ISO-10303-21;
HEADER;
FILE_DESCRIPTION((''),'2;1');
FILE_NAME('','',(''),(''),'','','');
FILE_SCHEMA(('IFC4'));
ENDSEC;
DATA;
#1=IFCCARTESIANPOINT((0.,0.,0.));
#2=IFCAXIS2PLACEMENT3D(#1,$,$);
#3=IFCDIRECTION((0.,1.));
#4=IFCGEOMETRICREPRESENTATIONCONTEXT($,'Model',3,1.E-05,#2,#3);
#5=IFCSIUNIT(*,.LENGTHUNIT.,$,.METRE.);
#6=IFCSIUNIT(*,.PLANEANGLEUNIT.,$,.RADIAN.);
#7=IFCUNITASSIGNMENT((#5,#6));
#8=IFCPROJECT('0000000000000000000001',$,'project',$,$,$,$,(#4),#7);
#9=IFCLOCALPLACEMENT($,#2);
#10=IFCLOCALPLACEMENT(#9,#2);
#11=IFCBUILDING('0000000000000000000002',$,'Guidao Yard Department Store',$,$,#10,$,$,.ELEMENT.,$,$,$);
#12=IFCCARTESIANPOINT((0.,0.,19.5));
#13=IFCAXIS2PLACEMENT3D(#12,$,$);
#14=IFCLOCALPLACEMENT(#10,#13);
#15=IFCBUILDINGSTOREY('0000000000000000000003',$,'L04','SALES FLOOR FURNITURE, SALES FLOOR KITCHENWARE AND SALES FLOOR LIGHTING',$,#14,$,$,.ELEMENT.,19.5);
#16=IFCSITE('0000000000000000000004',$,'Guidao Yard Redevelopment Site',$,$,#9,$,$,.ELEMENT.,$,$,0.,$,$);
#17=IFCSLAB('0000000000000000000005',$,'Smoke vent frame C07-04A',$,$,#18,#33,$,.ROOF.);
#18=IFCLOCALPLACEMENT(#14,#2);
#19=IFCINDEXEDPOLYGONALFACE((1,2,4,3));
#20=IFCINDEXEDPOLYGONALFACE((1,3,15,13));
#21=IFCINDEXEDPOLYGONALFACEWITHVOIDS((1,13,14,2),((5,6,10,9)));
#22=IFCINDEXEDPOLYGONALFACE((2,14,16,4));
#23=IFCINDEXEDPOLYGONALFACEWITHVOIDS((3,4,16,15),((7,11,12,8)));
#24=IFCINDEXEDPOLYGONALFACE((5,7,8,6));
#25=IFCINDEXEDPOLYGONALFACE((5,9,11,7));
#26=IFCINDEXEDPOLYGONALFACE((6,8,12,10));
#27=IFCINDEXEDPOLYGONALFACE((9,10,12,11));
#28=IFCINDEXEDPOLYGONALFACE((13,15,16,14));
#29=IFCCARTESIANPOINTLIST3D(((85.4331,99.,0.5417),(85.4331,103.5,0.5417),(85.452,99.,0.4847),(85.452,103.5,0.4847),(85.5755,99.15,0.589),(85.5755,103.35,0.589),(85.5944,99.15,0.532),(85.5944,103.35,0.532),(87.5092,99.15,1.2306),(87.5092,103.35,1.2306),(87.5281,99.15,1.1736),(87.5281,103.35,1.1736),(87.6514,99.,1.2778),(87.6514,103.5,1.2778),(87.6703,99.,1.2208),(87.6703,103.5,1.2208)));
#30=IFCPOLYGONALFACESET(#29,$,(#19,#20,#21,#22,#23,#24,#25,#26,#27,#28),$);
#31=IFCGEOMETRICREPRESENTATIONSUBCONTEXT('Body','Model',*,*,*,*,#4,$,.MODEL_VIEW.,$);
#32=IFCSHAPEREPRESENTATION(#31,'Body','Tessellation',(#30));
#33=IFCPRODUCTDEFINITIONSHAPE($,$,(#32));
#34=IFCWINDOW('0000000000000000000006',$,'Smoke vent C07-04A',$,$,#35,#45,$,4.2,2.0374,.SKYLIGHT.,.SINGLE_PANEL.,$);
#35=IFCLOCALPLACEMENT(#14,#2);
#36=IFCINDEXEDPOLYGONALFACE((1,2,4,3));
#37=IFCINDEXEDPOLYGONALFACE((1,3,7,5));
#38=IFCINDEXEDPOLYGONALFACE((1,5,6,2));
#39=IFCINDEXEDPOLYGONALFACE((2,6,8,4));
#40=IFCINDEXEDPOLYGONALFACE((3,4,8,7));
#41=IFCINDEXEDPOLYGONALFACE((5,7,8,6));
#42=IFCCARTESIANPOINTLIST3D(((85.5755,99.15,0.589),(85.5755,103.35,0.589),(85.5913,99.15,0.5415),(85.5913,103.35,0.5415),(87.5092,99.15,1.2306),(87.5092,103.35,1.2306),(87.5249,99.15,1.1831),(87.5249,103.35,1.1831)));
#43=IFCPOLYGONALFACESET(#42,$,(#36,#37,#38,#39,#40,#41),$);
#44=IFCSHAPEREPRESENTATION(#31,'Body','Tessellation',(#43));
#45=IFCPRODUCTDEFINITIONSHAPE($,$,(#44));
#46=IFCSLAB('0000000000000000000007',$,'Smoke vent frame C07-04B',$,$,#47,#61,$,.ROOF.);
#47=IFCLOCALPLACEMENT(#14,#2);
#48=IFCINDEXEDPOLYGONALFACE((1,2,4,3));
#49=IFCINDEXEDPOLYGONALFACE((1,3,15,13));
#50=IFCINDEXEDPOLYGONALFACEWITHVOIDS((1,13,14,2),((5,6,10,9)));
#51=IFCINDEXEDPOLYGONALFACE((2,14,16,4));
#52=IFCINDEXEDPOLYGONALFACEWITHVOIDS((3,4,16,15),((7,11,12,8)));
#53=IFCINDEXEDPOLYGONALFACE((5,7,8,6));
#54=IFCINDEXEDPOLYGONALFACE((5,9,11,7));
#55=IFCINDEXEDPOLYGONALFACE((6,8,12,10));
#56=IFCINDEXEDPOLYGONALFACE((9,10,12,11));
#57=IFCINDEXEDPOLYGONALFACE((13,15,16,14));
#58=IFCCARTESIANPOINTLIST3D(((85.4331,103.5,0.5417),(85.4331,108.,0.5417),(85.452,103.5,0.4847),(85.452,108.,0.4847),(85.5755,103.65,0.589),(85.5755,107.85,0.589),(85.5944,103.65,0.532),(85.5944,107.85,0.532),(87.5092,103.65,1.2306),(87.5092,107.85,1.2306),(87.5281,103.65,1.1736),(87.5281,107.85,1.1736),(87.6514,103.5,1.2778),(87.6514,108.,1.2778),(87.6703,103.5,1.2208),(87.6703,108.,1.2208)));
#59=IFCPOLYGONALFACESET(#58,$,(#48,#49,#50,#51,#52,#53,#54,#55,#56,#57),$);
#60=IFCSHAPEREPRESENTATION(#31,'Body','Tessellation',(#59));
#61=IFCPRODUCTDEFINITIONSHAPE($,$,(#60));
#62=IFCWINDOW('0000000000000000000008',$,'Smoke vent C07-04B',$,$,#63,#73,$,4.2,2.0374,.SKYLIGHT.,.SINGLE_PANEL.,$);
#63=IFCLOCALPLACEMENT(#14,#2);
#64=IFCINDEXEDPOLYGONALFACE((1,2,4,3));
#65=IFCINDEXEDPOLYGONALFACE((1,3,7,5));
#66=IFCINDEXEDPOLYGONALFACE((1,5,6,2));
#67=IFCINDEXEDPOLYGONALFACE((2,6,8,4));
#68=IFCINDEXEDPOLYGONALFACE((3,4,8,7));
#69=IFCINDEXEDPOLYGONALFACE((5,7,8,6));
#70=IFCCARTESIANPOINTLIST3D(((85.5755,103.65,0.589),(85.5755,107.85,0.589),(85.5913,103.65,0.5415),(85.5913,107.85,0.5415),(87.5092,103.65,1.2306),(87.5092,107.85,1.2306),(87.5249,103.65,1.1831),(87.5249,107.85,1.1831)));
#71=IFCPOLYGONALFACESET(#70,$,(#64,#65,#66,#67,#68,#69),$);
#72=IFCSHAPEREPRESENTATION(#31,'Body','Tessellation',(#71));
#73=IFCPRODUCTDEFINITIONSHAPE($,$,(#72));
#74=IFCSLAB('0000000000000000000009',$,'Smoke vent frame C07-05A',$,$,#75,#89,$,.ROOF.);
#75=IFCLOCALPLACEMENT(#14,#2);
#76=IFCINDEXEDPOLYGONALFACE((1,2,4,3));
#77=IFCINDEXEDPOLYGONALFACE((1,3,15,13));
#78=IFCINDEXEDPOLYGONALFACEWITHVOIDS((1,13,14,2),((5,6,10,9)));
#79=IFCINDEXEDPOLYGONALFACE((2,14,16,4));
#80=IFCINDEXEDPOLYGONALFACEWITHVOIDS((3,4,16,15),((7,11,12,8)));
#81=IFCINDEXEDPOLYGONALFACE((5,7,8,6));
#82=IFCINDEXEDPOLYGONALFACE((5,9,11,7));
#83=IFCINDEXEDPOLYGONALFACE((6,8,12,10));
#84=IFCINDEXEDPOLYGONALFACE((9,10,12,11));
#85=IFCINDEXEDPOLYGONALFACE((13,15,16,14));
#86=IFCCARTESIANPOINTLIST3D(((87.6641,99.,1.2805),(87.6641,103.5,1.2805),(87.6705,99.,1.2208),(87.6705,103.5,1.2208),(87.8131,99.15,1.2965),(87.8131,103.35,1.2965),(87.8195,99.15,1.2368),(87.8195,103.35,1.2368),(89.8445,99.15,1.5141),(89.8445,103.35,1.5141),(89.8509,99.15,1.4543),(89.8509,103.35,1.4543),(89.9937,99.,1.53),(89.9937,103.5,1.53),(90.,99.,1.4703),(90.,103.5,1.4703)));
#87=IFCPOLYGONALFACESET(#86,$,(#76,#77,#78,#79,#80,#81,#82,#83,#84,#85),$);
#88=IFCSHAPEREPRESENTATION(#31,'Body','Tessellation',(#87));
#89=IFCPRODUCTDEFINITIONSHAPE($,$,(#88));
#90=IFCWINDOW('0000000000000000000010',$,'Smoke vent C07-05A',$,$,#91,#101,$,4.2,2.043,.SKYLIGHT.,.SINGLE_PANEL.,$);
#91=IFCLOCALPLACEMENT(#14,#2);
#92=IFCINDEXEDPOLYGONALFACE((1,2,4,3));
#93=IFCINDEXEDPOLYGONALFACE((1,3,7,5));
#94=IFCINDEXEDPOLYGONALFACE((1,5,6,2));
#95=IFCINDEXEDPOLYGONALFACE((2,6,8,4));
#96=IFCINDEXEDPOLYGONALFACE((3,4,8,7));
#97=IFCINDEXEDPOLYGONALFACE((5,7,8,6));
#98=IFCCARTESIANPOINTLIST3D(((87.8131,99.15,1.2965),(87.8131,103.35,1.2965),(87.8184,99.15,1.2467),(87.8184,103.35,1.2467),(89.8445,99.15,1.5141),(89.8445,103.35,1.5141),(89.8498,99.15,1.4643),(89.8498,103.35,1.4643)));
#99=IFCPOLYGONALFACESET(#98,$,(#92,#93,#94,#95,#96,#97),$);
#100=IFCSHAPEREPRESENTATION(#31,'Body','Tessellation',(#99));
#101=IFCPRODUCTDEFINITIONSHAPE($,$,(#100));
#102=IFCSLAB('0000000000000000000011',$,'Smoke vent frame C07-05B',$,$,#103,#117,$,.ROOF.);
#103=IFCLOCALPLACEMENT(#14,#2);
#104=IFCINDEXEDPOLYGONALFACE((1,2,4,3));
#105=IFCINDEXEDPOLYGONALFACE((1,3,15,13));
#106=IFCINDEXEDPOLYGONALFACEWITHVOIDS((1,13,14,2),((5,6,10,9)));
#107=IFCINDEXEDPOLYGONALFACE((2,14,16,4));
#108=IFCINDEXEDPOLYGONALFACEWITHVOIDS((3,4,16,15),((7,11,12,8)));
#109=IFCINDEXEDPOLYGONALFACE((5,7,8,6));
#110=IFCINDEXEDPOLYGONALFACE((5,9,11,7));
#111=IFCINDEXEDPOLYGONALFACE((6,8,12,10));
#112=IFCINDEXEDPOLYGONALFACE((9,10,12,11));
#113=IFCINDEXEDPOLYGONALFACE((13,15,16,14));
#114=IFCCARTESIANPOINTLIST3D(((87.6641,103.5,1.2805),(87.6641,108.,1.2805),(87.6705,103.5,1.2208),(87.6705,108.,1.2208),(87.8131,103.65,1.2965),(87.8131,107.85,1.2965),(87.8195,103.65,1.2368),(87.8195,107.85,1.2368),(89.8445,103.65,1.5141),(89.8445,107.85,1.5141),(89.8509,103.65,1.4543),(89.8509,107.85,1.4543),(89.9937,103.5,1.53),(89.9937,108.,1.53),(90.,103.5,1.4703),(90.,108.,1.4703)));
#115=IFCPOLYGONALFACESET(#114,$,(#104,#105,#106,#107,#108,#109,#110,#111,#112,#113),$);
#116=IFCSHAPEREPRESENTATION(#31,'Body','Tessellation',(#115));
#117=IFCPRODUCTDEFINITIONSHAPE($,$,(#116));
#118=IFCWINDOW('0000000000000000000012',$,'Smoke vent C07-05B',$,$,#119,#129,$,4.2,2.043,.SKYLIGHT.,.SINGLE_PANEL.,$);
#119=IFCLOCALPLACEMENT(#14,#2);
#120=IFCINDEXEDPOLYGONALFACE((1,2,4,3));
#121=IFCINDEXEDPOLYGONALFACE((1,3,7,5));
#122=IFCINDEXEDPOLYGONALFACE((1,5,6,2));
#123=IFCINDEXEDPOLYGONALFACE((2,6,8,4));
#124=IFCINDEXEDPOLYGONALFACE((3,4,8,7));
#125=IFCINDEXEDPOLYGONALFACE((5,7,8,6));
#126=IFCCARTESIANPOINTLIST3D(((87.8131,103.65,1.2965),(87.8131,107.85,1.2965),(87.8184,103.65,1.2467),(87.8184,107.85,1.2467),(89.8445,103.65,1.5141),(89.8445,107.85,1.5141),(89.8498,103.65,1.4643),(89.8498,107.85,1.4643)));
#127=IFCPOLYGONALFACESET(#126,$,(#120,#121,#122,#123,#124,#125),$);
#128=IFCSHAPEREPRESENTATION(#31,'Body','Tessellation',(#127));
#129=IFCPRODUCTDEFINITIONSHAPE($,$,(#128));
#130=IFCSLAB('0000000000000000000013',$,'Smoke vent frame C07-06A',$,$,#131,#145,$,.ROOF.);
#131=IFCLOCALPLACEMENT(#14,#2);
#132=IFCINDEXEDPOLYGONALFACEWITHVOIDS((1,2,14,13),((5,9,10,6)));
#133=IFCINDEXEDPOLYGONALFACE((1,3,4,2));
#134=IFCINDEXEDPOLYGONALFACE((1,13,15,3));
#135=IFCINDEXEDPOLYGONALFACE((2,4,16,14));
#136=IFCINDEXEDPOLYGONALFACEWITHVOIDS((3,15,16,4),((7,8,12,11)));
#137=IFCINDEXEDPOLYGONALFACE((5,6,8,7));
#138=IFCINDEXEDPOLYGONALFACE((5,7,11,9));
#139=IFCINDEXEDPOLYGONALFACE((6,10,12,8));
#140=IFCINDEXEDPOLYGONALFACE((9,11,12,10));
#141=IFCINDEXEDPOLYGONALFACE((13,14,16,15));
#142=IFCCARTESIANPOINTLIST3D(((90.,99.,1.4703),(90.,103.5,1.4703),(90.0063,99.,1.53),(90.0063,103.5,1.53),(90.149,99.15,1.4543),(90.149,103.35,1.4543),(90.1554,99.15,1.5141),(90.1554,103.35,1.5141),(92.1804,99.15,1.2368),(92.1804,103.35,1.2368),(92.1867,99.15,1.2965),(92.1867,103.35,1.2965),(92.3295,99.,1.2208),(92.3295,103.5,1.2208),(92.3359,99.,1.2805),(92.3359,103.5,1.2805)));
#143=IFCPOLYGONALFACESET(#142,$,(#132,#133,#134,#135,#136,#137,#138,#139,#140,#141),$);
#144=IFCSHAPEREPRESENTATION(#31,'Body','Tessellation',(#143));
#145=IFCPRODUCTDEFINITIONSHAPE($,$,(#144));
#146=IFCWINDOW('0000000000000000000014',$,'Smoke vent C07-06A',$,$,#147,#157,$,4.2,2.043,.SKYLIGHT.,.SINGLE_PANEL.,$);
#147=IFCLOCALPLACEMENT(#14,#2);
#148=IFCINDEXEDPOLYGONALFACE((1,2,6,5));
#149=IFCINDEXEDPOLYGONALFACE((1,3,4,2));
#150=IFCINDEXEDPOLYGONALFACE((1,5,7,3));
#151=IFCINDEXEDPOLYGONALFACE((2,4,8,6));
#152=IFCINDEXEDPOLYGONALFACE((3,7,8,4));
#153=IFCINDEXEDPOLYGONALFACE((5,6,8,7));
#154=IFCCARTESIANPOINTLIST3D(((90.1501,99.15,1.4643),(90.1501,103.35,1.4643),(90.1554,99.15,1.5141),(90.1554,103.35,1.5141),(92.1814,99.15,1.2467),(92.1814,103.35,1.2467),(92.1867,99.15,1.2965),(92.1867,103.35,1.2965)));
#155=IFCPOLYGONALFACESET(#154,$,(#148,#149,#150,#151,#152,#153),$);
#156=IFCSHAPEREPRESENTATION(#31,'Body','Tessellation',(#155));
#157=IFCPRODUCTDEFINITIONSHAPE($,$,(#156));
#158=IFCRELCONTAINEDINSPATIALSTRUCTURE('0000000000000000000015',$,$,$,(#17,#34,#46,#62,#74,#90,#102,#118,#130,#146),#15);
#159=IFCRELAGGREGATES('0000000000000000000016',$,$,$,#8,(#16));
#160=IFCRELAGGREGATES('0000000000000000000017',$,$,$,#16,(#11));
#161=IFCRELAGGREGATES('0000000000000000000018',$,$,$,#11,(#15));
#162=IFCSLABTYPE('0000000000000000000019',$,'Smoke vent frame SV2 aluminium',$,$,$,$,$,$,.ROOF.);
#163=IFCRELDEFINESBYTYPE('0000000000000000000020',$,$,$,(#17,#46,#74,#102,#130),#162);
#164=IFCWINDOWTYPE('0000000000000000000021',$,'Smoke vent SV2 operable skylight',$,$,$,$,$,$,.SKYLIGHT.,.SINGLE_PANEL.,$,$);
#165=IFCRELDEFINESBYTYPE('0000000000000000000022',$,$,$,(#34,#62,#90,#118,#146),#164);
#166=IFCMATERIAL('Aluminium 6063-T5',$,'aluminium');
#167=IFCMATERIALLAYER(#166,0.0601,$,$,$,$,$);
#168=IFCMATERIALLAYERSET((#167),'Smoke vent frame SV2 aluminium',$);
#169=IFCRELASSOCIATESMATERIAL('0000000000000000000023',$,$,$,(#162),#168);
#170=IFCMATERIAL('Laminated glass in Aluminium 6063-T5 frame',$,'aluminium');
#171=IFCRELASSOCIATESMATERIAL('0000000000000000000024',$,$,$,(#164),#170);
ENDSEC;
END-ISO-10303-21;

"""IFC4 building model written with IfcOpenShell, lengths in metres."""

from ifc_helpers import new_model, si_unit, direction, frame, origin, origin_2d, place, context, subcontext, project, spatial, polyline, rectangle, outline, extrude, material, layer, layer_set, type_object, element, fill, save


model = new_model("IFC4")

# Units and contexts
model_context = context("Model", 3, precision=1e-05, world=origin(), true_north=direction((0.0, 1.0)))
body_context = subcontext(model_context, "Body", "Model", "MODEL_VIEW")
ifc_project = project(units=[si_unit("LENGTHUNIT", "METRE"), si_unit("PLANEANGLEUNIT", "RADIAN")], contexts=[model_context])

# Site, building, storey
site_placement = place(None, origin())
site = spatial("IfcSite", under=ifc_project, at=site_placement, Name="Guidao Yard Redevelopment Site", CompositionType="ELEMENT", RefElevation=0.0)
building_placement = place(site_placement, origin())
building = spatial("IfcBuilding", under=site, at=building_placement, Name="Guidao Yard Department Store", CompositionType="ELEMENT")
storey_placement = place(building_placement, frame((0.0, 0.0, 19.5)))
storey = spatial("IfcBuildingStorey", under=building, at=storey_placement, Name="L04", Description="SALES FLOOR FURNITURE, SALES FLOOR KITCHENWARE AND SALES FLOOR LIGHTING", CompositionType="ELEMENT", Elevation=19.5)

# Slabs, openings, windows
ifc_material_1 = material(Name="Aluminium 6063-T5", Category="aluminium")
ifc_layer = layer(ifc_material_1, 0.0601)
ifc_layer_set = layer_set([ifc_layer], Name="Smoke vent frame SV2 aluminium")
slab_type = type_object("IfcSlabType", Name="Smoke vent frame SV2 aluminium", PredefinedType="ROOF", material=ifc_layer_set)
ifc_material_2 = material(Name="Laminated glass in Aluminium 6063-T5 frame", Category="aluminium")
window_type = type_object("IfcWindowType", Name="Smoke vent SV2 operable skylight", PartitioningType="SINGLE_PANEL", PredefinedType="SKYLIGHT", material=ifc_material_2)
slab_1_placement = place(storey_placement, frame((85.4331, 99.0, 0.5417), z_axis=(-0.314943, 0.0, 0.949111), x_axis=(0.949111, 0.0, 0.314943)))
slab_1 = element("IfcSlab", 1, at=slab_1_placement, inside=storey, type_object=slab_type, Name="Smoke vent frame C07-04A", PredefinedType="ROOF", context=body_context, shape_type="SweptSolid", body=[
    extrude(outline(polyline([(0.0, 0.0), (2.3372, 0.0), (2.3372, 4.5), (0.0, 4.5), (0.0, 0.0)])), origin(), (0.0, 0.0, -1.0), 0.0601),
])
opening_1_placement = place(slab_1_placement, frame((1.1687, 2.25, 0.0)))
opening_1 = element("IfcOpeningElement", 2, at=opening_1_placement, cuts=slab_1, PredefinedType="OPENING", context=body_context, shape_type="SweptSolid", body=[
    extrude(rectangle(XDim=2.0374, YDim=4.2, at=origin_2d()), frame((0.0, 0.0, 0.01)), (0.0, 0.0, -1.0), 0.0801),
])
window_1_placement = place(opening_1_placement, frame((0.0, 0.0, -0.05)))
window_1 = element("IfcWindow", 3, at=window_1_placement, inside=storey, type_object=window_type, Name="Smoke vent C07-04A", OverallHeight=4.2, OverallWidth=2.0374, PartitioningType="SINGLE_PANEL", PredefinedType="SKYLIGHT", context=body_context, shape_type="SweptSolid", body=[
    extrude(rectangle(XDim=2.0374, YDim=4.2, at=origin_2d()), origin(), (0.0, 0.0, 1.0), 0.05),
])
fill(opening_1, window_1)
slab_2_placement = place(storey_placement, frame((85.4331, 103.5, 0.5417), z_axis=(-0.314943, 0.0, 0.949111), x_axis=(0.949111, 0.0, 0.314943)))
slab_2 = element("IfcSlab", 4, at=slab_2_placement, inside=storey, type_object=slab_type, Name="Smoke vent frame C07-04B", PredefinedType="ROOF", context=body_context, shape_type="SweptSolid", body=[
    extrude(outline(polyline([(0.0, 0.0), (2.3372, 0.0), (2.3372, 4.5), (0.0, 4.5), (0.0, 0.0)])), origin(), (0.0, 0.0, -1.0), 0.0601),
])
opening_2_placement = place(slab_2_placement, frame((1.1687, 2.25, 0.0)))
opening_2 = element("IfcOpeningElement", 5, at=opening_2_placement, cuts=slab_2, PredefinedType="OPENING", context=body_context, shape_type="SweptSolid", body=[
    extrude(rectangle(XDim=2.0374, YDim=4.2, at=origin_2d()), frame((0.0, 0.0, 0.01)), (0.0, 0.0, -1.0), 0.0801),
])
window_2_placement = place(opening_2_placement, frame((0.0, 0.0, -0.05)))
window_2 = element("IfcWindow", 6, at=window_2_placement, inside=storey, type_object=window_type, Name="Smoke vent C07-04B", OverallHeight=4.2, OverallWidth=2.0374, PartitioningType="SINGLE_PANEL", PredefinedType="SKYLIGHT", context=body_context, shape_type="SweptSolid", body=[
    extrude(rectangle(XDim=2.0374, YDim=4.2, at=origin_2d()), origin(), (0.0, 0.0, 1.0), 0.05),
])
fill(opening_2, window_2)
slab_3_placement = place(storey_placement, frame((87.6641, 99.0, 1.2805), z_axis=(-0.106496, 0.0, 0.994313), x_axis=(0.994313, 0.0, 0.106496)))
slab_3 = element("IfcSlab", 7, at=slab_3_placement, inside=storey, type_object=slab_type, Name="Smoke vent frame C07-05A", PredefinedType="ROOF", context=body_context, shape_type="SweptSolid", body=[
    extrude(outline(polyline([(0.0, 0.0), (2.3429, 0.0), (2.3429, 4.5), (0.0, 4.5), (0.0, 0.0)])), origin(), (0.0, 0.0, -1.0), 0.0601),
])
opening_3_placement = place(slab_3_placement, frame((1.1714, 2.25, 0.0)))
opening_3 = element("IfcOpeningElement", 8, at=opening_3_placement, cuts=slab_3, PredefinedType="OPENING", context=body_context, shape_type="SweptSolid", body=[
    extrude(rectangle(XDim=2.043, YDim=4.2, at=origin_2d()), frame((0.0, 0.0, 0.01)), (0.0, 0.0, -1.0), 0.0801),
])
window_3_placement = place(opening_3_placement, frame((0.0, 0.0, -0.05)))
window_3 = element("IfcWindow", 9, at=window_3_placement, inside=storey, type_object=window_type, Name="Smoke vent C07-05A", OverallHeight=4.2, OverallWidth=2.043, PartitioningType="SINGLE_PANEL", PredefinedType="SKYLIGHT", context=body_context, shape_type="SweptSolid", body=[
    extrude(rectangle(XDim=2.043, YDim=4.2, at=origin_2d()), origin(), (0.0, 0.0, 1.0), 0.05),
])
fill(opening_3, window_3)
slab_4_placement = place(storey_placement, frame((87.6641, 103.5, 1.2805), z_axis=(-0.106496, 0.0, 0.994313), x_axis=(0.994313, 0.0, 0.106496)))
slab_4 = element("IfcSlab", 10, at=slab_4_placement, inside=storey, type_object=slab_type, Name="Smoke vent frame C07-05B", PredefinedType="ROOF", context=body_context, shape_type="SweptSolid", body=[
    extrude(outline(polyline([(0.0, 0.0), (2.3429, 0.0), (2.3429, 4.5), (0.0, 4.5), (0.0, 0.0)])), origin(), (0.0, 0.0, -1.0), 0.0601),
])
opening_4_placement = place(slab_4_placement, frame((1.1714, 2.25, 0.0)))
opening_4 = element("IfcOpeningElement", 11, at=opening_4_placement, cuts=slab_4, PredefinedType="OPENING", context=body_context, shape_type="SweptSolid", body=[
    extrude(rectangle(XDim=2.043, YDim=4.2, at=origin_2d()), frame((0.0, 0.0, 0.01)), (0.0, 0.0, -1.0), 0.0801),
])
window_4_placement = place(opening_4_placement, frame((0.0, 0.0, -0.05)))
window_4 = element("IfcWindow", 12, at=window_4_placement, inside=storey, type_object=window_type, Name="Smoke vent C07-05B", OverallHeight=4.2, OverallWidth=2.043, PartitioningType="SINGLE_PANEL", PredefinedType="SKYLIGHT", context=body_context, shape_type="SweptSolid", body=[
    extrude(rectangle(XDim=2.043, YDim=4.2, at=origin_2d()), origin(), (0.0, 0.0, 1.0), 0.05),
])
fill(opening_4, window_4)
slab_5_placement = place(storey_placement, frame((90.0063, 99.0, 1.53), z_axis=(0.106496, 0.0, 0.994313), x_axis=(0.994313, 0.0, -0.106496)))
slab_5 = element("IfcSlab", 13, at=slab_5_placement, inside=storey, type_object=slab_type, Name="Smoke vent frame C07-06A", PredefinedType="ROOF", context=body_context, shape_type="SweptSolid", body=[
    extrude(outline(polyline([(0.0, 0.0), (2.3429, 0.0), (2.3429, 4.5), (0.0, 4.5), (0.0, 0.0)])), origin(), (0.0, 0.0, -1.0), 0.0601),
])
opening_5_placement = place(slab_5_placement, frame((1.1714, 2.25, 0.0)))
opening_5 = element("IfcOpeningElement", 14, at=opening_5_placement, cuts=slab_5, PredefinedType="OPENING", context=body_context, shape_type="SweptSolid", body=[
    extrude(rectangle(XDim=2.043, YDim=4.2, at=origin_2d()), frame((0.0, 0.0, 0.01)), (0.0, 0.0, -1.0), 0.0801),
])
window_5_placement = place(opening_5_placement, frame((0.0, 0.0, -0.05)))
window_5 = element("IfcWindow", 15, at=window_5_placement, inside=storey, type_object=window_type, Name="Smoke vent C07-06A", OverallHeight=4.2, OverallWidth=2.043, PartitioningType="SINGLE_PANEL", PredefinedType="SKYLIGHT", context=body_context, shape_type="SweptSolid", body=[
    extrude(rectangle(XDim=2.043, YDim=4.2, at=origin_2d()), origin(), (0.0, 0.0, 1.0), 0.05),
])
fill(opening_5, window_5)

save(model, "model.ifc")
